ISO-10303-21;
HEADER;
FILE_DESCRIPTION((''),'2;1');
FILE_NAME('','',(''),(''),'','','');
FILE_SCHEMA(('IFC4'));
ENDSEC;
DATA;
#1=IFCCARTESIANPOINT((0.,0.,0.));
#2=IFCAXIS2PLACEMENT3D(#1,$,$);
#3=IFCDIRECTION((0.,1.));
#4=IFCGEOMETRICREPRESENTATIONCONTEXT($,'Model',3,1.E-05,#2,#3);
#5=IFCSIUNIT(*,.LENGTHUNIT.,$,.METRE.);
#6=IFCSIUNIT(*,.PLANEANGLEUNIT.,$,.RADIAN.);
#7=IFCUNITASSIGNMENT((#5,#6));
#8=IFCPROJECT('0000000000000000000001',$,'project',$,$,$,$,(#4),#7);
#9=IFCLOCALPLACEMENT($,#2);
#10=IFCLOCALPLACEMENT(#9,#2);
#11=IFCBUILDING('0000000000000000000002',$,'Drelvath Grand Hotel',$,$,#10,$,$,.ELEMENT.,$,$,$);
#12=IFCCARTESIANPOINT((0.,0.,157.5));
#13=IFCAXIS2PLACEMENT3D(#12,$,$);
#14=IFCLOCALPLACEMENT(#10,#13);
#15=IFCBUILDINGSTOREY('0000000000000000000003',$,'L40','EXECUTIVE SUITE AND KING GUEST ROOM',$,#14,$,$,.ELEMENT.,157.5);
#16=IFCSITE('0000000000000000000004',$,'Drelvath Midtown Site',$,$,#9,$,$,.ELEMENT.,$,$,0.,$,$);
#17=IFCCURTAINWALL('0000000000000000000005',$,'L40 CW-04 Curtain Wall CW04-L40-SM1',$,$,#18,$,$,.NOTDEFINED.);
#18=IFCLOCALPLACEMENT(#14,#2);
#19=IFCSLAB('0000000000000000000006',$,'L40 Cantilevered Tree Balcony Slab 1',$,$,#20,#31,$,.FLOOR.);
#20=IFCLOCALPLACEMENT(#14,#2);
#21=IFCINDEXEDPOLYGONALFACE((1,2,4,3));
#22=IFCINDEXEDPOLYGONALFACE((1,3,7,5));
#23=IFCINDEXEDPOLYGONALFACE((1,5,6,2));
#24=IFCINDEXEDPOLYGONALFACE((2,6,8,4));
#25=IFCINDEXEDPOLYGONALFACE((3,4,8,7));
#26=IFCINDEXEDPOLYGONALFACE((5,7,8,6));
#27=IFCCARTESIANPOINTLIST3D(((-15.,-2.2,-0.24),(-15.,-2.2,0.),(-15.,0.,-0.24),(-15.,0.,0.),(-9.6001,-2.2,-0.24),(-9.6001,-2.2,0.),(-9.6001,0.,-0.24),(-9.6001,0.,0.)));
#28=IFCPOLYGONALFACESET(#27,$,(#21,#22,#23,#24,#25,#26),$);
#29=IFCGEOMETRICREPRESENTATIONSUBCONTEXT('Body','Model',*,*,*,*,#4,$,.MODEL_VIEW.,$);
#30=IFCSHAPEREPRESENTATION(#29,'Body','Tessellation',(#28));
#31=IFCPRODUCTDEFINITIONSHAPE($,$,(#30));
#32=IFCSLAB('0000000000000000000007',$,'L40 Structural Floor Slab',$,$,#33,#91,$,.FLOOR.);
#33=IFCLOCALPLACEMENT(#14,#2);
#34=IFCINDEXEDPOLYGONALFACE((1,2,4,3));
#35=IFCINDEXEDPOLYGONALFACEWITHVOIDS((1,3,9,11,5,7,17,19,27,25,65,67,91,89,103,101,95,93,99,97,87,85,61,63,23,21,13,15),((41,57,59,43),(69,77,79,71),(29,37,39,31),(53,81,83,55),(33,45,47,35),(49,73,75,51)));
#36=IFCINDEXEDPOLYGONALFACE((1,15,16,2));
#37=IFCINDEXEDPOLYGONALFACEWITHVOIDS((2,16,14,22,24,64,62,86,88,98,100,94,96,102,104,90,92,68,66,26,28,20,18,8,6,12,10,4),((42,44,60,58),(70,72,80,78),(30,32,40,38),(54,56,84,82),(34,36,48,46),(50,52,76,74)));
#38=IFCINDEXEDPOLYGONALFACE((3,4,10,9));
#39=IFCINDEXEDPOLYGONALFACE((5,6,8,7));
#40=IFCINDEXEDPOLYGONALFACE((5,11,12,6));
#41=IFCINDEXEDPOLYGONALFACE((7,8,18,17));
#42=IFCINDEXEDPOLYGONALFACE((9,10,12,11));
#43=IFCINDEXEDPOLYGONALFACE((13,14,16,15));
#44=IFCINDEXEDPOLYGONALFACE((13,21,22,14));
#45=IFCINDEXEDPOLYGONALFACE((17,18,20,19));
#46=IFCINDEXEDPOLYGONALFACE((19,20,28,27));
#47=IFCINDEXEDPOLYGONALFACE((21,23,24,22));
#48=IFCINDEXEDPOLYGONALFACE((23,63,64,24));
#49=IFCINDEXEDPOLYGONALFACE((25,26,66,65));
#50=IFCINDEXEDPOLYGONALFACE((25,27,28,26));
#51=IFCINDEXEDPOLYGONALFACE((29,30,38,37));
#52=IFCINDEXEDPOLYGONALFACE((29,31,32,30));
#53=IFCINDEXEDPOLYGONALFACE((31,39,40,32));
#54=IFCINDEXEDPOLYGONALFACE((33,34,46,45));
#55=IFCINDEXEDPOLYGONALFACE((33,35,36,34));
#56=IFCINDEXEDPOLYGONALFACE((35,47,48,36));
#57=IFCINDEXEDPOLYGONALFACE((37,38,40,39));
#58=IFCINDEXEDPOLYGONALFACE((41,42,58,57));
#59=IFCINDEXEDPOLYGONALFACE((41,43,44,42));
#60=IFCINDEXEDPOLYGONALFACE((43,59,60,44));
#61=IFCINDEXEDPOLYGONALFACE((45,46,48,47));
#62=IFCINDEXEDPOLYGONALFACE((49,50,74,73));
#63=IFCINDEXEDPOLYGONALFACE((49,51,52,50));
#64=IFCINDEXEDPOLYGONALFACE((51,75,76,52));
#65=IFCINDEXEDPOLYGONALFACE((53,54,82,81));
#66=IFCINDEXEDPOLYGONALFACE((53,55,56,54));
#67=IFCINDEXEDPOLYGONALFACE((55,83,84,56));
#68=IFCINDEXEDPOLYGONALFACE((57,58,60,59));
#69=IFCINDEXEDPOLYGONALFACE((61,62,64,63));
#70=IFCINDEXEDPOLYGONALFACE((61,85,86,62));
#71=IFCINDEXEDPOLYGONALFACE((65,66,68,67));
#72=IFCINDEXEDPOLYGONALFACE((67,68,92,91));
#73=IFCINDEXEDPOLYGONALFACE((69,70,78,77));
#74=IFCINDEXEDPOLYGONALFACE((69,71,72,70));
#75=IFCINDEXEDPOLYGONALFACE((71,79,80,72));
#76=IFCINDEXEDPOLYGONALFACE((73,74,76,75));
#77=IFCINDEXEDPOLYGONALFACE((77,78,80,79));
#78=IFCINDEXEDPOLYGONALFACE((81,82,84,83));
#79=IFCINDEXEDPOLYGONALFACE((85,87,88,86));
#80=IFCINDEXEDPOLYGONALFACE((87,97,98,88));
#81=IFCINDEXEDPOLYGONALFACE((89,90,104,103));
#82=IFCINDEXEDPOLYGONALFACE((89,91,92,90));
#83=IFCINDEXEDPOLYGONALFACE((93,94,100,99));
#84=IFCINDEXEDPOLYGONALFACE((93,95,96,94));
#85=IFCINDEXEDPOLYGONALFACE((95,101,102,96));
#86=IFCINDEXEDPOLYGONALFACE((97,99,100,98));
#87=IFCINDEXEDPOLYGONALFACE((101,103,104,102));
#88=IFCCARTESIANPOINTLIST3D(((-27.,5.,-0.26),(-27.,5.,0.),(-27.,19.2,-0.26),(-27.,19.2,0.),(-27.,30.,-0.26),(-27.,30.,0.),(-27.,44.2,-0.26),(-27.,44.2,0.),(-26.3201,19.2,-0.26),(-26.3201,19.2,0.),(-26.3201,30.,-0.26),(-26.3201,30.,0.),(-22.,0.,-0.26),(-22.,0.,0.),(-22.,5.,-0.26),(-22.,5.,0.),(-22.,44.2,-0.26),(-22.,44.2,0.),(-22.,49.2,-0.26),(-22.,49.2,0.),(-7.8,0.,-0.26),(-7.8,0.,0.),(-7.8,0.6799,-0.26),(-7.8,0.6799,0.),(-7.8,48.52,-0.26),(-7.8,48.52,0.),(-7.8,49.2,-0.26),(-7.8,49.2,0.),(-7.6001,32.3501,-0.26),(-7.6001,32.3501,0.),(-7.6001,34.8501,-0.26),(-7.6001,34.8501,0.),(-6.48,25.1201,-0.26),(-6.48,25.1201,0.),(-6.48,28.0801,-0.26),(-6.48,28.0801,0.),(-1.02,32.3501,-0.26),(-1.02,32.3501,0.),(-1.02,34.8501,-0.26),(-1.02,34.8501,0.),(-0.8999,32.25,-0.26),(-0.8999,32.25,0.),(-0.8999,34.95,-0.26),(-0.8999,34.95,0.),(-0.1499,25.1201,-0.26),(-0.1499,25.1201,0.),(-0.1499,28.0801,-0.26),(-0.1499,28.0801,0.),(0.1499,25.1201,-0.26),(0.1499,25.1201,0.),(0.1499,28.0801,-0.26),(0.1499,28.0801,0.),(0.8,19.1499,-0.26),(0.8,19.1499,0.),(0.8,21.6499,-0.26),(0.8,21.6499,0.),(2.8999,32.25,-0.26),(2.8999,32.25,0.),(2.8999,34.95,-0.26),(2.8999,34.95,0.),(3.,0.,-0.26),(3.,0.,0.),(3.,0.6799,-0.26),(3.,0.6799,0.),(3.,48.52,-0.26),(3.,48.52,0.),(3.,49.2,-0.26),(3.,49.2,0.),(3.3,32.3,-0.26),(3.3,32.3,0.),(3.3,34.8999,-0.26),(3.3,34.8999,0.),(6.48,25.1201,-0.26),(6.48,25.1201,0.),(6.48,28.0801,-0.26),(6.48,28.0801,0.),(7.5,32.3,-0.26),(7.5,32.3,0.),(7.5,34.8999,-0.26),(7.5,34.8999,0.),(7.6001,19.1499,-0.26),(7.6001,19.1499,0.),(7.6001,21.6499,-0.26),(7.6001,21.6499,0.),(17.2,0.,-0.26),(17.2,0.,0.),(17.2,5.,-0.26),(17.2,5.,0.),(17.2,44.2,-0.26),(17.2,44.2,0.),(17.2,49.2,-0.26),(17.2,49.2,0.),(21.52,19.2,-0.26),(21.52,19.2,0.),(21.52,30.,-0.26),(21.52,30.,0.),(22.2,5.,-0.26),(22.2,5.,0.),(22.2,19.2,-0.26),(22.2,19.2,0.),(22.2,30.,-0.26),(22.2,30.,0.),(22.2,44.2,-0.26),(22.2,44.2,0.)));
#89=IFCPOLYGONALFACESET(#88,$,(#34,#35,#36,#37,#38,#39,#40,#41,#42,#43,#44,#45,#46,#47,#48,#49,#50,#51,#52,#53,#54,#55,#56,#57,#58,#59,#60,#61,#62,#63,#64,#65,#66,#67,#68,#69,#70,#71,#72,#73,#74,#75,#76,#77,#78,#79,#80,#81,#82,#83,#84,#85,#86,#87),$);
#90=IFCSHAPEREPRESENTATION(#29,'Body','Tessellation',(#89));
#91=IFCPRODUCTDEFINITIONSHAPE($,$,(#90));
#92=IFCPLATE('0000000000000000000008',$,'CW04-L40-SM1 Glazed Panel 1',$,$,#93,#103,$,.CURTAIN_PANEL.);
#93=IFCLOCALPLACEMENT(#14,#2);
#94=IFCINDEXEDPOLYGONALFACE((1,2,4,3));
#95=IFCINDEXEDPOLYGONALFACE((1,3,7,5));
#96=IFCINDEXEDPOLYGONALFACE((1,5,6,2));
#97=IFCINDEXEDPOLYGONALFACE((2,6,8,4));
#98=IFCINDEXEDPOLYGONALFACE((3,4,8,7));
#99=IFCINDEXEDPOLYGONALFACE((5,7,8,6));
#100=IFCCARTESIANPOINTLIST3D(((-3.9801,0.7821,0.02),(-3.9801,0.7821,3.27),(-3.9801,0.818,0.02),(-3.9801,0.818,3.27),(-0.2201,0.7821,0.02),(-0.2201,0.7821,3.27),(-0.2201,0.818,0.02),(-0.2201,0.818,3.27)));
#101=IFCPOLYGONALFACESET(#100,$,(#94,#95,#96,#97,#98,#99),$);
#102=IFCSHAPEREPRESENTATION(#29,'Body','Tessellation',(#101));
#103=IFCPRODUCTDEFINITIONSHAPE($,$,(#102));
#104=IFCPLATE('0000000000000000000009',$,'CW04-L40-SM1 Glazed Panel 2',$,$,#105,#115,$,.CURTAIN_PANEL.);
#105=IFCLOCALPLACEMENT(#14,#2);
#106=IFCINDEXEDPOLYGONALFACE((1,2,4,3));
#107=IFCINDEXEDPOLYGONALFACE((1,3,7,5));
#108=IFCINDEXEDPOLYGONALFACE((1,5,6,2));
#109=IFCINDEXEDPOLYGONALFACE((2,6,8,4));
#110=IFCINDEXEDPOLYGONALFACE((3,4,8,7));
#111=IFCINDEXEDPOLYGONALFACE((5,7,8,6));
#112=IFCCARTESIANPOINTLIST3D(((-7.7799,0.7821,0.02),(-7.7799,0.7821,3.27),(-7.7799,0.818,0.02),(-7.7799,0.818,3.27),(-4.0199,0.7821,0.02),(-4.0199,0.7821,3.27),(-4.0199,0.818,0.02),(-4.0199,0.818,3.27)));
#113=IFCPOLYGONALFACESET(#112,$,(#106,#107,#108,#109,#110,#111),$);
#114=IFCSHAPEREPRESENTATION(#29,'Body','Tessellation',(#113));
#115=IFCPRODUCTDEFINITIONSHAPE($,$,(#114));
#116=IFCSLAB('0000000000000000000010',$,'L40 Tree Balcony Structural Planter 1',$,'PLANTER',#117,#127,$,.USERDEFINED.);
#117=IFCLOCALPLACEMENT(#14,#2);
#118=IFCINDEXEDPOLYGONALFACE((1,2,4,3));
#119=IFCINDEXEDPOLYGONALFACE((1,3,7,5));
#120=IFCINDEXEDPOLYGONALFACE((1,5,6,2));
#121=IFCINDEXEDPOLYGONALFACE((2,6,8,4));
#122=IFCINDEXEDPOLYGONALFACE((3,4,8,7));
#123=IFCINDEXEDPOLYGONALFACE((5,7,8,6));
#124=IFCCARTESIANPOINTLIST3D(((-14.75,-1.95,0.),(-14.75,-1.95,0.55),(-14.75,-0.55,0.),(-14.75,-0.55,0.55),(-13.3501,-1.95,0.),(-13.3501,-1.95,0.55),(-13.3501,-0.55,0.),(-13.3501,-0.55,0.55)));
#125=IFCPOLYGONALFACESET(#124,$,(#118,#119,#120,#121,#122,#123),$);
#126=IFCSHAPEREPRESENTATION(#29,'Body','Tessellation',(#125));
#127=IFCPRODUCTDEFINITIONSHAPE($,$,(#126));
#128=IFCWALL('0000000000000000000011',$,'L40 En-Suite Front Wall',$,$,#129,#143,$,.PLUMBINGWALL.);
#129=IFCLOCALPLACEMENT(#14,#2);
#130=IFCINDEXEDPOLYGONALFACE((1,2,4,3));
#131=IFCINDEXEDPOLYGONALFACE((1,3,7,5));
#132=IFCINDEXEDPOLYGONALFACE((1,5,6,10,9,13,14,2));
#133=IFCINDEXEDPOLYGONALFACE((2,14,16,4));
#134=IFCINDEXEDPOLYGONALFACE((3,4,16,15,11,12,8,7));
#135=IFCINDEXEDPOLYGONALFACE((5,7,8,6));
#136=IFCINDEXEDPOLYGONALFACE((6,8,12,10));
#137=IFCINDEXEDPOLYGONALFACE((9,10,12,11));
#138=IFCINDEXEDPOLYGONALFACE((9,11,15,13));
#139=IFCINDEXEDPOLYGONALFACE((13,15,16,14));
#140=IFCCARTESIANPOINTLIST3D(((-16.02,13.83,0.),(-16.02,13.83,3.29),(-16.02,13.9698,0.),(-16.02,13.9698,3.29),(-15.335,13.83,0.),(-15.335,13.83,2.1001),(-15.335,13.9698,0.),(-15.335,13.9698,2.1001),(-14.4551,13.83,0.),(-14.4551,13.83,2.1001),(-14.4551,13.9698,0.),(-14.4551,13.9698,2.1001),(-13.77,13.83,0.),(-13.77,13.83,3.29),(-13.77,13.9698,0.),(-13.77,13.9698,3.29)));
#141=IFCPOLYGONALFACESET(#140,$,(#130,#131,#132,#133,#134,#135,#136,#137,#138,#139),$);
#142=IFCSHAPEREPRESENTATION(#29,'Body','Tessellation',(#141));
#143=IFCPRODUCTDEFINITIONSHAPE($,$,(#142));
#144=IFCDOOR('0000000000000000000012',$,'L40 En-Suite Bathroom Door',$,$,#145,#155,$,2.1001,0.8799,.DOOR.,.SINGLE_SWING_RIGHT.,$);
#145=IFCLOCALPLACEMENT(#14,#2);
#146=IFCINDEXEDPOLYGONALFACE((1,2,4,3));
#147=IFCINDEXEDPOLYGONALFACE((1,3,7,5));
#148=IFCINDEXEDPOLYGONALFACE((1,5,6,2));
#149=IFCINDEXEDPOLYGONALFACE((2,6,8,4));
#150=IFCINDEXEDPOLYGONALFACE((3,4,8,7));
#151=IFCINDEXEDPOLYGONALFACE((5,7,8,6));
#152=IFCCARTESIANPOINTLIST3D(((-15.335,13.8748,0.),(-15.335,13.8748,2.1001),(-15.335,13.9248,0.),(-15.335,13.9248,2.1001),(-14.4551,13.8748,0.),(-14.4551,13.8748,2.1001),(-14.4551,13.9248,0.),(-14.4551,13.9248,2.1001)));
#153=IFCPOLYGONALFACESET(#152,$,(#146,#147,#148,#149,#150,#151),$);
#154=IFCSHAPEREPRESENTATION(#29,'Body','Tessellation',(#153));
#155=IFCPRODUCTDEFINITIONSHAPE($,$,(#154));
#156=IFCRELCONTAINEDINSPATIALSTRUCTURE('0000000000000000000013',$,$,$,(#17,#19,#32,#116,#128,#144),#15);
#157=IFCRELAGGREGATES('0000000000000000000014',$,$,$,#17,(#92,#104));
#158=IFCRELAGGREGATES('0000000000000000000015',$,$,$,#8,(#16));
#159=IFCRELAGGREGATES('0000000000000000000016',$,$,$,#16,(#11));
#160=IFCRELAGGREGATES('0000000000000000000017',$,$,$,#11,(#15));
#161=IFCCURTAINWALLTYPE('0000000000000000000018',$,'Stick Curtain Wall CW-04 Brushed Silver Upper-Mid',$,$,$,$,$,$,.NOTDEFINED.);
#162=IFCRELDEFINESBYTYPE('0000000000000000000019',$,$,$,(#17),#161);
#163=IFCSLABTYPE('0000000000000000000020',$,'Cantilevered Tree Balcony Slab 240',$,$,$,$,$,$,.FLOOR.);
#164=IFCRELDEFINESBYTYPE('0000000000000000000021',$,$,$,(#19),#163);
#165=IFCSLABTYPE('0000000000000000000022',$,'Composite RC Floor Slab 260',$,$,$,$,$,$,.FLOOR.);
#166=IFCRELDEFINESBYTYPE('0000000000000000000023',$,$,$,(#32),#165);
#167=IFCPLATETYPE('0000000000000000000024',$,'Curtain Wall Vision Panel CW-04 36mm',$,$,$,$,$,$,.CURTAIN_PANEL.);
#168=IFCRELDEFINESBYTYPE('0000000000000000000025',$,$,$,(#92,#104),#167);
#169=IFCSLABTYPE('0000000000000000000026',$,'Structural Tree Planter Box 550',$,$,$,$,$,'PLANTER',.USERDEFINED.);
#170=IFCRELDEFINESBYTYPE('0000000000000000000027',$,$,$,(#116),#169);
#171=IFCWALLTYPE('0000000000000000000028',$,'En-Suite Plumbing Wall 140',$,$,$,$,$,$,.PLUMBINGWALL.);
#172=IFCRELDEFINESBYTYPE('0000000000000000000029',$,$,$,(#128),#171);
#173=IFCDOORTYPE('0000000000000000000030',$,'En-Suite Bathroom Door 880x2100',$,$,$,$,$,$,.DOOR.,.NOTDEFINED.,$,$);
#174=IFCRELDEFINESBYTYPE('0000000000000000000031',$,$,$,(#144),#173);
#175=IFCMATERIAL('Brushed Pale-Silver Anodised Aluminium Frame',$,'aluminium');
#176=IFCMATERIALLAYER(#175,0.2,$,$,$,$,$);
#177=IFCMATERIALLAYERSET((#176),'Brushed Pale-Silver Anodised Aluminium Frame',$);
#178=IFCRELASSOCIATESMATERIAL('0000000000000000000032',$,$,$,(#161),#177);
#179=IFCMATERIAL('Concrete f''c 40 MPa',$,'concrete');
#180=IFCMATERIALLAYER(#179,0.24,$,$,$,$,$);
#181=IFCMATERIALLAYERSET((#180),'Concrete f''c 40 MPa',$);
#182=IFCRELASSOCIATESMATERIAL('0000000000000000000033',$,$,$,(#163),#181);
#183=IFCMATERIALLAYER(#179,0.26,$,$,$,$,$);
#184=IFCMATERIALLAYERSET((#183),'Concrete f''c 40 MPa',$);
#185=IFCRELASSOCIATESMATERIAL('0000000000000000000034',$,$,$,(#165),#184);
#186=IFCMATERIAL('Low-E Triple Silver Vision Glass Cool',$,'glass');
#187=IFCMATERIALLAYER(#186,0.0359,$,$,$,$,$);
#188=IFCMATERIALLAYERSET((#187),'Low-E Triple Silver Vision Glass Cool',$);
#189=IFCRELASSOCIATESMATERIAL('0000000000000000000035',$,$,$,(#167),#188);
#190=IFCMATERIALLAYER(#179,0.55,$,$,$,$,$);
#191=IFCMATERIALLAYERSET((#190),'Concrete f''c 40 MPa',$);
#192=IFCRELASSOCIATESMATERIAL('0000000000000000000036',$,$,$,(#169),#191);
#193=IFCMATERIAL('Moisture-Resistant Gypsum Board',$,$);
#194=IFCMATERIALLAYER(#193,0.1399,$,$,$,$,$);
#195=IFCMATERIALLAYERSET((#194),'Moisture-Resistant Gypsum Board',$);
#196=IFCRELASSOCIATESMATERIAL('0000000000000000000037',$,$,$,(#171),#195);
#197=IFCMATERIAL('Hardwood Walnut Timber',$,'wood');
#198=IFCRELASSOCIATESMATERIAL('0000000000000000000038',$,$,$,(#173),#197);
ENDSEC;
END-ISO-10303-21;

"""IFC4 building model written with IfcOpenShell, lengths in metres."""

from ifc_helpers import new_model, si_unit, direction, frame, frame_2d, origin, origin_2d, place, context, subcontext, project, spatial, polyline, rectangle, outline, extrude, material, layer, layer_set, type_object, element, fill, aggregate, save


model = new_model("IFC4")

# Units and contexts
model_context = context("Model", 3, precision=1e-05, world=origin(), true_north=direction((0.0, 1.0)))
body_context = subcontext(model_context, "Body", "Model", "MODEL_VIEW")
ifc_project = project(units=[si_unit("LENGTHUNIT", "METRE"), si_unit("PLANEANGLEUNIT", "RADIAN")], contexts=[model_context])

# Site, building, storey
site_placement = place(None, origin())
site = spatial("IfcSite", under=ifc_project, at=site_placement, Name="Drelvath Midtown Site", CompositionType="ELEMENT", RefElevation=0.0)
building_placement = place(site_placement, origin())
building = spatial("IfcBuilding", under=site, at=building_placement, Name="Drelvath Grand Hotel", CompositionType="ELEMENT")
storey_placement = place(building_placement, frame((0.0, 0.0, 157.5)))
storey = spatial("IfcBuildingStorey", under=building, at=storey_placement, Name="L40", Description="EXECUTIVE SUITE AND KING GUEST ROOM", CompositionType="ELEMENT", Elevation=157.5)

# Curtain wall
ifc_material_1 = material(Name="Brushed Pale-Silver Anodised Aluminium Frame", Category="aluminium")
ifc_layer_1 = layer(ifc_material_1, 0.2)
ifc_layer_set_1 = layer_set([ifc_layer_1], Name="Brushed Pale-Silver Anodised Aluminium Frame")
curtain_wall_type = type_object("IfcCurtainWallType", Name="Stick Curtain Wall CW-04 Brushed Silver Upper-Mid", PredefinedType="NOTDEFINED", material=ifc_layer_set_1)
curtain_wall_placement = place(storey_placement, origin())
curtain_wall = element("IfcCurtainWall", 1, at=curtain_wall_placement, inside=storey, type_object=curtain_wall_type, Name="L40 CW-04 Curtain Wall CW04-L40-SM1", PredefinedType="NOTDEFINED")

# Slabs
ifc_material_2 = material(Name="Concrete f'c 40 MPa", Category="concrete")
ifc_layer_2 = layer(ifc_material_2, 0.24)
ifc_layer_set_2 = layer_set([ifc_layer_2], Name="Concrete f'c 40 MPa")
slab_type_1 = type_object("IfcSlabType", Name="Cantilevered Tree Balcony Slab 240", PredefinedType="FLOOR", material=ifc_layer_set_2)
slab_1_placement = place(storey_placement, frame((0.0, 0.0, -0.24)))
element("IfcSlab", 2, at=slab_1_placement, inside=storey, type_object=slab_type_1, Name="L40 Cantilevered Tree Balcony Slab 1", PredefinedType="FLOOR", context=body_context, shape_type="SweptSolid", body=[
    extrude(outline(polyline([(-15.0, -2.2), (-9.6001, -2.2), (-9.6001, 0.0), (-15.0, 0.0), (-15.0, -2.2)])), origin(), (0.0, 0.0, 1.0), 0.24),
])
ifc_layer_3 = layer(ifc_material_2, 0.26)
ifc_layer_set_3 = layer_set([ifc_layer_3], Name="Concrete f'c 40 MPa")
slab_type_2 = type_object("IfcSlabType", Name="Composite RC Floor Slab 260", PredefinedType="FLOOR", material=ifc_layer_set_3)
slab_2_placement = place(storey_placement, frame((0.0, 0.0, -0.26)))
element("IfcSlab", 3, at=slab_2_placement, inside=storey, type_object=slab_type_2, Name="L40 Structural Floor Slab", PredefinedType="FLOOR", context=body_context, shape_type="SweptSolid", body=[
    extrude(outline(polyline([(-22.0, 0.0), (-7.8, 0.0), (-7.8, 0.6799), (3.0, 0.6799), (3.0, 0.0), (17.2, 0.0), (17.2, 5.0), (22.2, 5.0), (22.2, 19.2), (21.52, 19.2), (21.52, 30.0), (22.2, 30.0), (22.2, 44.2), (17.2, 44.2), (17.2, 49.2), (3.0, 49.2), (3.0, 48.52), (-7.8, 48.52), (-7.8, 49.2), (-22.0, 49.2), (-22.0, 44.2), (-27.0, 44.2), (-27.0, 30.0), (-26.3201, 30.0), (-26.3201, 19.2), (-27.0, 19.2), (-27.0, 5.0), (-22.0, 5.0), (-22.0, 0.0)]), holes=[polyline([(-6.48, 25.1201), (-6.48, 28.0801), (-0.1499, 28.0801), (-0.1499, 25.1201), (-6.48, 25.1201)]), polyline([(0.1499, 25.1201), (0.1499, 28.0801), (6.48, 28.0801), (6.48, 25.1201), (0.1499, 25.1201)]), polyline([(0.8, 19.1499), (0.8, 21.6499), (7.6001, 21.6499), (7.6001, 19.1499), (0.8, 19.1499)]), polyline([(-7.6001, 32.3501), (-7.6001, 34.8501), (-1.02, 34.8501), (-1.02, 32.3501), (-7.6001, 32.3501)]), polyline([(-0.8999, 32.25), (-0.8999, 34.95), (2.8999, 34.95), (2.8999, 32.25), (-0.8999, 32.25)]), polyline([(3.3, 32.3), (3.3, 34.8999), (7.5, 34.8999), (7.5, 32.3), (3.3, 32.3)])]), origin(), (0.0, 0.0, 1.0), 0.26),
])

# Plates
ifc_material_3 = material(Name="Low-E Triple Silver Vision Glass Cool", Category="glass")
ifc_layer_4 = layer(ifc_material_3, 0.0359)
ifc_layer_set_4 = layer_set([ifc_layer_4], Name="Low-E Triple Silver Vision Glass Cool")
plate_type = type_object("IfcPlateType", Name="Curtain Wall Vision Panel CW-04 36mm", PredefinedType="CURTAIN_PANEL", material=ifc_layer_set_4)
plate_1_placement = place(storey_placement, frame((-2.1001, 0.8, 0.02), z_axis=(0.0, 0.0, 1.0), x_axis=(-1.0, 0.0, 0.0)))
plate_1 = element("IfcPlate", 4, at=plate_1_placement, type_object=plate_type, Name="CW04-L40-SM1 Glazed Panel 1", PredefinedType="CURTAIN_PANEL", context=body_context, shape_type="SweptSolid", body=[
    extrude(rectangle(XDim=3.76, YDim=0.0359, at=origin_2d()), origin(), (0.0, 0.0, 1.0), 3.25),
])
plate_2_placement = place(storey_placement, frame((-5.8999, 0.8, 0.02), z_axis=(0.0, 0.0, 1.0), x_axis=(-1.0, 0.0, 0.0)))
plate_2 = element("IfcPlate", 5, at=plate_2_placement, type_object=plate_type, Name="CW04-L40-SM1 Glazed Panel 2", PredefinedType="CURTAIN_PANEL", context=body_context, shape_type="SweptSolid", body=[
    extrude(rectangle(XDim=3.76, YDim=0.0359, at=origin_2d()), origin(), (0.0, 0.0, 1.0), 3.25),
])
aggregate(curtain_wall, [plate_1, plate_2])

# Slab
ifc_layer_5 = layer(ifc_material_2, 0.55)
ifc_layer_set_5 = layer_set([ifc_layer_5], Name="Concrete f'c 40 MPa")
slab_type_3 = type_object("IfcSlabType", Name="Structural Tree Planter Box 550", ElementType="PLANTER", PredefinedType="USERDEFINED", material=ifc_layer_set_5)
slab_3_placement = place(storey_placement, origin())
element("IfcSlab", 6, at=slab_3_placement, inside=storey, type_object=slab_type_3, Name="L40 Tree Balcony Structural Planter 1", ObjectType="PLANTER", PredefinedType="USERDEFINED", context=body_context, shape_type="SweptSolid", body=[
    extrude(outline(polyline([(-14.75, -1.95), (-13.3501, -1.95), (-13.3501, -0.55), (-14.75, -0.55), (-14.75, -1.95)])), origin(), (0.0, 0.0, 1.0), 0.55),
])

# Wall, opening, door
ifc_material_4 = material(Name="Moisture-Resistant Gypsum Board")
ifc_layer_6 = layer(ifc_material_4, 0.1399)
ifc_layer_set_6 = layer_set([ifc_layer_6], Name="Moisture-Resistant Gypsum Board")
wall_type_1 = type_object("IfcWallType", Name="En-Suite Plumbing Wall 140", PredefinedType="PLUMBINGWALL", material=ifc_layer_set_6)
wall_1_placement = place(storey_placement, frame((-16.02, 13.8999, 0.0), z_axis=(0.0, 0.0, 1.0), x_axis=(1.0, 0.0, 0.0)))
wall_1 = element("IfcWall", 7, at=wall_1_placement, inside=storey, type_object=wall_type_1, Name="L40 En-Suite Front Wall", PredefinedType="PLUMBINGWALL", context=body_context, shape_type="SweptSolid", body=[
    extrude(rectangle(XDim=2.25, YDim=0.1399, at=frame_2d((1.125, 0.0))), origin(), (0.0, 0.0, 1.0), 3.29),
])
opening_1_placement = place(wall_1_placement, frame((0.6851, 0.0, 0.0)))
opening_1 = element("IfcOpeningElement", 8, at=opening_1_placement, cuts=wall_1, PredefinedType="OPENING", context=body_context, shape_type="SweptSolid", body=[
    extrude(rectangle(XDim=0.8799, YDim=2.1001, at=frame_2d((0.4399, 1.05))), frame((0.0, 0.0798, 0.0), z_axis=(0.0, -1.0, 0.0), x_axis=(1.0, 0.0, 0.0)), (0.0, 0.0, 1.0), 0.1599),
])
ifc_material_5 = material(Name="Hardwood Walnut Timber", Category="wood")
door_type_1 = type_object("IfcDoorType", Name="En-Suite Bathroom Door 880x2100", OperationType="NOTDEFINED", PredefinedType="DOOR", material=ifc_material_5)
door_1_placement = place(opening_1_placement, origin())
door_1 = element("IfcDoor", 9, at=door_1_placement, inside=storey, type_object=door_type_1, Name="L40 En-Suite Bathroom Door", OperationType="SINGLE_SWING_RIGHT", OverallHeight=2.1001, OverallWidth=0.8799, PredefinedType="DOOR", context=body_context, shape_type="SweptSolid", body=[
    extrude(rectangle(XDim=0.8799, YDim=2.1001, at=frame_2d((0.4399, 1.05))), frame((0.0, 0.0249, 0.0), z_axis=(0.0, -1.0, 0.0), x_axis=(1.0, 0.0, 0.0)), (0.0, 0.0, 1.0), 0.05),
])
fill(opening_1, door_1)

save(model, "model.ifc")
